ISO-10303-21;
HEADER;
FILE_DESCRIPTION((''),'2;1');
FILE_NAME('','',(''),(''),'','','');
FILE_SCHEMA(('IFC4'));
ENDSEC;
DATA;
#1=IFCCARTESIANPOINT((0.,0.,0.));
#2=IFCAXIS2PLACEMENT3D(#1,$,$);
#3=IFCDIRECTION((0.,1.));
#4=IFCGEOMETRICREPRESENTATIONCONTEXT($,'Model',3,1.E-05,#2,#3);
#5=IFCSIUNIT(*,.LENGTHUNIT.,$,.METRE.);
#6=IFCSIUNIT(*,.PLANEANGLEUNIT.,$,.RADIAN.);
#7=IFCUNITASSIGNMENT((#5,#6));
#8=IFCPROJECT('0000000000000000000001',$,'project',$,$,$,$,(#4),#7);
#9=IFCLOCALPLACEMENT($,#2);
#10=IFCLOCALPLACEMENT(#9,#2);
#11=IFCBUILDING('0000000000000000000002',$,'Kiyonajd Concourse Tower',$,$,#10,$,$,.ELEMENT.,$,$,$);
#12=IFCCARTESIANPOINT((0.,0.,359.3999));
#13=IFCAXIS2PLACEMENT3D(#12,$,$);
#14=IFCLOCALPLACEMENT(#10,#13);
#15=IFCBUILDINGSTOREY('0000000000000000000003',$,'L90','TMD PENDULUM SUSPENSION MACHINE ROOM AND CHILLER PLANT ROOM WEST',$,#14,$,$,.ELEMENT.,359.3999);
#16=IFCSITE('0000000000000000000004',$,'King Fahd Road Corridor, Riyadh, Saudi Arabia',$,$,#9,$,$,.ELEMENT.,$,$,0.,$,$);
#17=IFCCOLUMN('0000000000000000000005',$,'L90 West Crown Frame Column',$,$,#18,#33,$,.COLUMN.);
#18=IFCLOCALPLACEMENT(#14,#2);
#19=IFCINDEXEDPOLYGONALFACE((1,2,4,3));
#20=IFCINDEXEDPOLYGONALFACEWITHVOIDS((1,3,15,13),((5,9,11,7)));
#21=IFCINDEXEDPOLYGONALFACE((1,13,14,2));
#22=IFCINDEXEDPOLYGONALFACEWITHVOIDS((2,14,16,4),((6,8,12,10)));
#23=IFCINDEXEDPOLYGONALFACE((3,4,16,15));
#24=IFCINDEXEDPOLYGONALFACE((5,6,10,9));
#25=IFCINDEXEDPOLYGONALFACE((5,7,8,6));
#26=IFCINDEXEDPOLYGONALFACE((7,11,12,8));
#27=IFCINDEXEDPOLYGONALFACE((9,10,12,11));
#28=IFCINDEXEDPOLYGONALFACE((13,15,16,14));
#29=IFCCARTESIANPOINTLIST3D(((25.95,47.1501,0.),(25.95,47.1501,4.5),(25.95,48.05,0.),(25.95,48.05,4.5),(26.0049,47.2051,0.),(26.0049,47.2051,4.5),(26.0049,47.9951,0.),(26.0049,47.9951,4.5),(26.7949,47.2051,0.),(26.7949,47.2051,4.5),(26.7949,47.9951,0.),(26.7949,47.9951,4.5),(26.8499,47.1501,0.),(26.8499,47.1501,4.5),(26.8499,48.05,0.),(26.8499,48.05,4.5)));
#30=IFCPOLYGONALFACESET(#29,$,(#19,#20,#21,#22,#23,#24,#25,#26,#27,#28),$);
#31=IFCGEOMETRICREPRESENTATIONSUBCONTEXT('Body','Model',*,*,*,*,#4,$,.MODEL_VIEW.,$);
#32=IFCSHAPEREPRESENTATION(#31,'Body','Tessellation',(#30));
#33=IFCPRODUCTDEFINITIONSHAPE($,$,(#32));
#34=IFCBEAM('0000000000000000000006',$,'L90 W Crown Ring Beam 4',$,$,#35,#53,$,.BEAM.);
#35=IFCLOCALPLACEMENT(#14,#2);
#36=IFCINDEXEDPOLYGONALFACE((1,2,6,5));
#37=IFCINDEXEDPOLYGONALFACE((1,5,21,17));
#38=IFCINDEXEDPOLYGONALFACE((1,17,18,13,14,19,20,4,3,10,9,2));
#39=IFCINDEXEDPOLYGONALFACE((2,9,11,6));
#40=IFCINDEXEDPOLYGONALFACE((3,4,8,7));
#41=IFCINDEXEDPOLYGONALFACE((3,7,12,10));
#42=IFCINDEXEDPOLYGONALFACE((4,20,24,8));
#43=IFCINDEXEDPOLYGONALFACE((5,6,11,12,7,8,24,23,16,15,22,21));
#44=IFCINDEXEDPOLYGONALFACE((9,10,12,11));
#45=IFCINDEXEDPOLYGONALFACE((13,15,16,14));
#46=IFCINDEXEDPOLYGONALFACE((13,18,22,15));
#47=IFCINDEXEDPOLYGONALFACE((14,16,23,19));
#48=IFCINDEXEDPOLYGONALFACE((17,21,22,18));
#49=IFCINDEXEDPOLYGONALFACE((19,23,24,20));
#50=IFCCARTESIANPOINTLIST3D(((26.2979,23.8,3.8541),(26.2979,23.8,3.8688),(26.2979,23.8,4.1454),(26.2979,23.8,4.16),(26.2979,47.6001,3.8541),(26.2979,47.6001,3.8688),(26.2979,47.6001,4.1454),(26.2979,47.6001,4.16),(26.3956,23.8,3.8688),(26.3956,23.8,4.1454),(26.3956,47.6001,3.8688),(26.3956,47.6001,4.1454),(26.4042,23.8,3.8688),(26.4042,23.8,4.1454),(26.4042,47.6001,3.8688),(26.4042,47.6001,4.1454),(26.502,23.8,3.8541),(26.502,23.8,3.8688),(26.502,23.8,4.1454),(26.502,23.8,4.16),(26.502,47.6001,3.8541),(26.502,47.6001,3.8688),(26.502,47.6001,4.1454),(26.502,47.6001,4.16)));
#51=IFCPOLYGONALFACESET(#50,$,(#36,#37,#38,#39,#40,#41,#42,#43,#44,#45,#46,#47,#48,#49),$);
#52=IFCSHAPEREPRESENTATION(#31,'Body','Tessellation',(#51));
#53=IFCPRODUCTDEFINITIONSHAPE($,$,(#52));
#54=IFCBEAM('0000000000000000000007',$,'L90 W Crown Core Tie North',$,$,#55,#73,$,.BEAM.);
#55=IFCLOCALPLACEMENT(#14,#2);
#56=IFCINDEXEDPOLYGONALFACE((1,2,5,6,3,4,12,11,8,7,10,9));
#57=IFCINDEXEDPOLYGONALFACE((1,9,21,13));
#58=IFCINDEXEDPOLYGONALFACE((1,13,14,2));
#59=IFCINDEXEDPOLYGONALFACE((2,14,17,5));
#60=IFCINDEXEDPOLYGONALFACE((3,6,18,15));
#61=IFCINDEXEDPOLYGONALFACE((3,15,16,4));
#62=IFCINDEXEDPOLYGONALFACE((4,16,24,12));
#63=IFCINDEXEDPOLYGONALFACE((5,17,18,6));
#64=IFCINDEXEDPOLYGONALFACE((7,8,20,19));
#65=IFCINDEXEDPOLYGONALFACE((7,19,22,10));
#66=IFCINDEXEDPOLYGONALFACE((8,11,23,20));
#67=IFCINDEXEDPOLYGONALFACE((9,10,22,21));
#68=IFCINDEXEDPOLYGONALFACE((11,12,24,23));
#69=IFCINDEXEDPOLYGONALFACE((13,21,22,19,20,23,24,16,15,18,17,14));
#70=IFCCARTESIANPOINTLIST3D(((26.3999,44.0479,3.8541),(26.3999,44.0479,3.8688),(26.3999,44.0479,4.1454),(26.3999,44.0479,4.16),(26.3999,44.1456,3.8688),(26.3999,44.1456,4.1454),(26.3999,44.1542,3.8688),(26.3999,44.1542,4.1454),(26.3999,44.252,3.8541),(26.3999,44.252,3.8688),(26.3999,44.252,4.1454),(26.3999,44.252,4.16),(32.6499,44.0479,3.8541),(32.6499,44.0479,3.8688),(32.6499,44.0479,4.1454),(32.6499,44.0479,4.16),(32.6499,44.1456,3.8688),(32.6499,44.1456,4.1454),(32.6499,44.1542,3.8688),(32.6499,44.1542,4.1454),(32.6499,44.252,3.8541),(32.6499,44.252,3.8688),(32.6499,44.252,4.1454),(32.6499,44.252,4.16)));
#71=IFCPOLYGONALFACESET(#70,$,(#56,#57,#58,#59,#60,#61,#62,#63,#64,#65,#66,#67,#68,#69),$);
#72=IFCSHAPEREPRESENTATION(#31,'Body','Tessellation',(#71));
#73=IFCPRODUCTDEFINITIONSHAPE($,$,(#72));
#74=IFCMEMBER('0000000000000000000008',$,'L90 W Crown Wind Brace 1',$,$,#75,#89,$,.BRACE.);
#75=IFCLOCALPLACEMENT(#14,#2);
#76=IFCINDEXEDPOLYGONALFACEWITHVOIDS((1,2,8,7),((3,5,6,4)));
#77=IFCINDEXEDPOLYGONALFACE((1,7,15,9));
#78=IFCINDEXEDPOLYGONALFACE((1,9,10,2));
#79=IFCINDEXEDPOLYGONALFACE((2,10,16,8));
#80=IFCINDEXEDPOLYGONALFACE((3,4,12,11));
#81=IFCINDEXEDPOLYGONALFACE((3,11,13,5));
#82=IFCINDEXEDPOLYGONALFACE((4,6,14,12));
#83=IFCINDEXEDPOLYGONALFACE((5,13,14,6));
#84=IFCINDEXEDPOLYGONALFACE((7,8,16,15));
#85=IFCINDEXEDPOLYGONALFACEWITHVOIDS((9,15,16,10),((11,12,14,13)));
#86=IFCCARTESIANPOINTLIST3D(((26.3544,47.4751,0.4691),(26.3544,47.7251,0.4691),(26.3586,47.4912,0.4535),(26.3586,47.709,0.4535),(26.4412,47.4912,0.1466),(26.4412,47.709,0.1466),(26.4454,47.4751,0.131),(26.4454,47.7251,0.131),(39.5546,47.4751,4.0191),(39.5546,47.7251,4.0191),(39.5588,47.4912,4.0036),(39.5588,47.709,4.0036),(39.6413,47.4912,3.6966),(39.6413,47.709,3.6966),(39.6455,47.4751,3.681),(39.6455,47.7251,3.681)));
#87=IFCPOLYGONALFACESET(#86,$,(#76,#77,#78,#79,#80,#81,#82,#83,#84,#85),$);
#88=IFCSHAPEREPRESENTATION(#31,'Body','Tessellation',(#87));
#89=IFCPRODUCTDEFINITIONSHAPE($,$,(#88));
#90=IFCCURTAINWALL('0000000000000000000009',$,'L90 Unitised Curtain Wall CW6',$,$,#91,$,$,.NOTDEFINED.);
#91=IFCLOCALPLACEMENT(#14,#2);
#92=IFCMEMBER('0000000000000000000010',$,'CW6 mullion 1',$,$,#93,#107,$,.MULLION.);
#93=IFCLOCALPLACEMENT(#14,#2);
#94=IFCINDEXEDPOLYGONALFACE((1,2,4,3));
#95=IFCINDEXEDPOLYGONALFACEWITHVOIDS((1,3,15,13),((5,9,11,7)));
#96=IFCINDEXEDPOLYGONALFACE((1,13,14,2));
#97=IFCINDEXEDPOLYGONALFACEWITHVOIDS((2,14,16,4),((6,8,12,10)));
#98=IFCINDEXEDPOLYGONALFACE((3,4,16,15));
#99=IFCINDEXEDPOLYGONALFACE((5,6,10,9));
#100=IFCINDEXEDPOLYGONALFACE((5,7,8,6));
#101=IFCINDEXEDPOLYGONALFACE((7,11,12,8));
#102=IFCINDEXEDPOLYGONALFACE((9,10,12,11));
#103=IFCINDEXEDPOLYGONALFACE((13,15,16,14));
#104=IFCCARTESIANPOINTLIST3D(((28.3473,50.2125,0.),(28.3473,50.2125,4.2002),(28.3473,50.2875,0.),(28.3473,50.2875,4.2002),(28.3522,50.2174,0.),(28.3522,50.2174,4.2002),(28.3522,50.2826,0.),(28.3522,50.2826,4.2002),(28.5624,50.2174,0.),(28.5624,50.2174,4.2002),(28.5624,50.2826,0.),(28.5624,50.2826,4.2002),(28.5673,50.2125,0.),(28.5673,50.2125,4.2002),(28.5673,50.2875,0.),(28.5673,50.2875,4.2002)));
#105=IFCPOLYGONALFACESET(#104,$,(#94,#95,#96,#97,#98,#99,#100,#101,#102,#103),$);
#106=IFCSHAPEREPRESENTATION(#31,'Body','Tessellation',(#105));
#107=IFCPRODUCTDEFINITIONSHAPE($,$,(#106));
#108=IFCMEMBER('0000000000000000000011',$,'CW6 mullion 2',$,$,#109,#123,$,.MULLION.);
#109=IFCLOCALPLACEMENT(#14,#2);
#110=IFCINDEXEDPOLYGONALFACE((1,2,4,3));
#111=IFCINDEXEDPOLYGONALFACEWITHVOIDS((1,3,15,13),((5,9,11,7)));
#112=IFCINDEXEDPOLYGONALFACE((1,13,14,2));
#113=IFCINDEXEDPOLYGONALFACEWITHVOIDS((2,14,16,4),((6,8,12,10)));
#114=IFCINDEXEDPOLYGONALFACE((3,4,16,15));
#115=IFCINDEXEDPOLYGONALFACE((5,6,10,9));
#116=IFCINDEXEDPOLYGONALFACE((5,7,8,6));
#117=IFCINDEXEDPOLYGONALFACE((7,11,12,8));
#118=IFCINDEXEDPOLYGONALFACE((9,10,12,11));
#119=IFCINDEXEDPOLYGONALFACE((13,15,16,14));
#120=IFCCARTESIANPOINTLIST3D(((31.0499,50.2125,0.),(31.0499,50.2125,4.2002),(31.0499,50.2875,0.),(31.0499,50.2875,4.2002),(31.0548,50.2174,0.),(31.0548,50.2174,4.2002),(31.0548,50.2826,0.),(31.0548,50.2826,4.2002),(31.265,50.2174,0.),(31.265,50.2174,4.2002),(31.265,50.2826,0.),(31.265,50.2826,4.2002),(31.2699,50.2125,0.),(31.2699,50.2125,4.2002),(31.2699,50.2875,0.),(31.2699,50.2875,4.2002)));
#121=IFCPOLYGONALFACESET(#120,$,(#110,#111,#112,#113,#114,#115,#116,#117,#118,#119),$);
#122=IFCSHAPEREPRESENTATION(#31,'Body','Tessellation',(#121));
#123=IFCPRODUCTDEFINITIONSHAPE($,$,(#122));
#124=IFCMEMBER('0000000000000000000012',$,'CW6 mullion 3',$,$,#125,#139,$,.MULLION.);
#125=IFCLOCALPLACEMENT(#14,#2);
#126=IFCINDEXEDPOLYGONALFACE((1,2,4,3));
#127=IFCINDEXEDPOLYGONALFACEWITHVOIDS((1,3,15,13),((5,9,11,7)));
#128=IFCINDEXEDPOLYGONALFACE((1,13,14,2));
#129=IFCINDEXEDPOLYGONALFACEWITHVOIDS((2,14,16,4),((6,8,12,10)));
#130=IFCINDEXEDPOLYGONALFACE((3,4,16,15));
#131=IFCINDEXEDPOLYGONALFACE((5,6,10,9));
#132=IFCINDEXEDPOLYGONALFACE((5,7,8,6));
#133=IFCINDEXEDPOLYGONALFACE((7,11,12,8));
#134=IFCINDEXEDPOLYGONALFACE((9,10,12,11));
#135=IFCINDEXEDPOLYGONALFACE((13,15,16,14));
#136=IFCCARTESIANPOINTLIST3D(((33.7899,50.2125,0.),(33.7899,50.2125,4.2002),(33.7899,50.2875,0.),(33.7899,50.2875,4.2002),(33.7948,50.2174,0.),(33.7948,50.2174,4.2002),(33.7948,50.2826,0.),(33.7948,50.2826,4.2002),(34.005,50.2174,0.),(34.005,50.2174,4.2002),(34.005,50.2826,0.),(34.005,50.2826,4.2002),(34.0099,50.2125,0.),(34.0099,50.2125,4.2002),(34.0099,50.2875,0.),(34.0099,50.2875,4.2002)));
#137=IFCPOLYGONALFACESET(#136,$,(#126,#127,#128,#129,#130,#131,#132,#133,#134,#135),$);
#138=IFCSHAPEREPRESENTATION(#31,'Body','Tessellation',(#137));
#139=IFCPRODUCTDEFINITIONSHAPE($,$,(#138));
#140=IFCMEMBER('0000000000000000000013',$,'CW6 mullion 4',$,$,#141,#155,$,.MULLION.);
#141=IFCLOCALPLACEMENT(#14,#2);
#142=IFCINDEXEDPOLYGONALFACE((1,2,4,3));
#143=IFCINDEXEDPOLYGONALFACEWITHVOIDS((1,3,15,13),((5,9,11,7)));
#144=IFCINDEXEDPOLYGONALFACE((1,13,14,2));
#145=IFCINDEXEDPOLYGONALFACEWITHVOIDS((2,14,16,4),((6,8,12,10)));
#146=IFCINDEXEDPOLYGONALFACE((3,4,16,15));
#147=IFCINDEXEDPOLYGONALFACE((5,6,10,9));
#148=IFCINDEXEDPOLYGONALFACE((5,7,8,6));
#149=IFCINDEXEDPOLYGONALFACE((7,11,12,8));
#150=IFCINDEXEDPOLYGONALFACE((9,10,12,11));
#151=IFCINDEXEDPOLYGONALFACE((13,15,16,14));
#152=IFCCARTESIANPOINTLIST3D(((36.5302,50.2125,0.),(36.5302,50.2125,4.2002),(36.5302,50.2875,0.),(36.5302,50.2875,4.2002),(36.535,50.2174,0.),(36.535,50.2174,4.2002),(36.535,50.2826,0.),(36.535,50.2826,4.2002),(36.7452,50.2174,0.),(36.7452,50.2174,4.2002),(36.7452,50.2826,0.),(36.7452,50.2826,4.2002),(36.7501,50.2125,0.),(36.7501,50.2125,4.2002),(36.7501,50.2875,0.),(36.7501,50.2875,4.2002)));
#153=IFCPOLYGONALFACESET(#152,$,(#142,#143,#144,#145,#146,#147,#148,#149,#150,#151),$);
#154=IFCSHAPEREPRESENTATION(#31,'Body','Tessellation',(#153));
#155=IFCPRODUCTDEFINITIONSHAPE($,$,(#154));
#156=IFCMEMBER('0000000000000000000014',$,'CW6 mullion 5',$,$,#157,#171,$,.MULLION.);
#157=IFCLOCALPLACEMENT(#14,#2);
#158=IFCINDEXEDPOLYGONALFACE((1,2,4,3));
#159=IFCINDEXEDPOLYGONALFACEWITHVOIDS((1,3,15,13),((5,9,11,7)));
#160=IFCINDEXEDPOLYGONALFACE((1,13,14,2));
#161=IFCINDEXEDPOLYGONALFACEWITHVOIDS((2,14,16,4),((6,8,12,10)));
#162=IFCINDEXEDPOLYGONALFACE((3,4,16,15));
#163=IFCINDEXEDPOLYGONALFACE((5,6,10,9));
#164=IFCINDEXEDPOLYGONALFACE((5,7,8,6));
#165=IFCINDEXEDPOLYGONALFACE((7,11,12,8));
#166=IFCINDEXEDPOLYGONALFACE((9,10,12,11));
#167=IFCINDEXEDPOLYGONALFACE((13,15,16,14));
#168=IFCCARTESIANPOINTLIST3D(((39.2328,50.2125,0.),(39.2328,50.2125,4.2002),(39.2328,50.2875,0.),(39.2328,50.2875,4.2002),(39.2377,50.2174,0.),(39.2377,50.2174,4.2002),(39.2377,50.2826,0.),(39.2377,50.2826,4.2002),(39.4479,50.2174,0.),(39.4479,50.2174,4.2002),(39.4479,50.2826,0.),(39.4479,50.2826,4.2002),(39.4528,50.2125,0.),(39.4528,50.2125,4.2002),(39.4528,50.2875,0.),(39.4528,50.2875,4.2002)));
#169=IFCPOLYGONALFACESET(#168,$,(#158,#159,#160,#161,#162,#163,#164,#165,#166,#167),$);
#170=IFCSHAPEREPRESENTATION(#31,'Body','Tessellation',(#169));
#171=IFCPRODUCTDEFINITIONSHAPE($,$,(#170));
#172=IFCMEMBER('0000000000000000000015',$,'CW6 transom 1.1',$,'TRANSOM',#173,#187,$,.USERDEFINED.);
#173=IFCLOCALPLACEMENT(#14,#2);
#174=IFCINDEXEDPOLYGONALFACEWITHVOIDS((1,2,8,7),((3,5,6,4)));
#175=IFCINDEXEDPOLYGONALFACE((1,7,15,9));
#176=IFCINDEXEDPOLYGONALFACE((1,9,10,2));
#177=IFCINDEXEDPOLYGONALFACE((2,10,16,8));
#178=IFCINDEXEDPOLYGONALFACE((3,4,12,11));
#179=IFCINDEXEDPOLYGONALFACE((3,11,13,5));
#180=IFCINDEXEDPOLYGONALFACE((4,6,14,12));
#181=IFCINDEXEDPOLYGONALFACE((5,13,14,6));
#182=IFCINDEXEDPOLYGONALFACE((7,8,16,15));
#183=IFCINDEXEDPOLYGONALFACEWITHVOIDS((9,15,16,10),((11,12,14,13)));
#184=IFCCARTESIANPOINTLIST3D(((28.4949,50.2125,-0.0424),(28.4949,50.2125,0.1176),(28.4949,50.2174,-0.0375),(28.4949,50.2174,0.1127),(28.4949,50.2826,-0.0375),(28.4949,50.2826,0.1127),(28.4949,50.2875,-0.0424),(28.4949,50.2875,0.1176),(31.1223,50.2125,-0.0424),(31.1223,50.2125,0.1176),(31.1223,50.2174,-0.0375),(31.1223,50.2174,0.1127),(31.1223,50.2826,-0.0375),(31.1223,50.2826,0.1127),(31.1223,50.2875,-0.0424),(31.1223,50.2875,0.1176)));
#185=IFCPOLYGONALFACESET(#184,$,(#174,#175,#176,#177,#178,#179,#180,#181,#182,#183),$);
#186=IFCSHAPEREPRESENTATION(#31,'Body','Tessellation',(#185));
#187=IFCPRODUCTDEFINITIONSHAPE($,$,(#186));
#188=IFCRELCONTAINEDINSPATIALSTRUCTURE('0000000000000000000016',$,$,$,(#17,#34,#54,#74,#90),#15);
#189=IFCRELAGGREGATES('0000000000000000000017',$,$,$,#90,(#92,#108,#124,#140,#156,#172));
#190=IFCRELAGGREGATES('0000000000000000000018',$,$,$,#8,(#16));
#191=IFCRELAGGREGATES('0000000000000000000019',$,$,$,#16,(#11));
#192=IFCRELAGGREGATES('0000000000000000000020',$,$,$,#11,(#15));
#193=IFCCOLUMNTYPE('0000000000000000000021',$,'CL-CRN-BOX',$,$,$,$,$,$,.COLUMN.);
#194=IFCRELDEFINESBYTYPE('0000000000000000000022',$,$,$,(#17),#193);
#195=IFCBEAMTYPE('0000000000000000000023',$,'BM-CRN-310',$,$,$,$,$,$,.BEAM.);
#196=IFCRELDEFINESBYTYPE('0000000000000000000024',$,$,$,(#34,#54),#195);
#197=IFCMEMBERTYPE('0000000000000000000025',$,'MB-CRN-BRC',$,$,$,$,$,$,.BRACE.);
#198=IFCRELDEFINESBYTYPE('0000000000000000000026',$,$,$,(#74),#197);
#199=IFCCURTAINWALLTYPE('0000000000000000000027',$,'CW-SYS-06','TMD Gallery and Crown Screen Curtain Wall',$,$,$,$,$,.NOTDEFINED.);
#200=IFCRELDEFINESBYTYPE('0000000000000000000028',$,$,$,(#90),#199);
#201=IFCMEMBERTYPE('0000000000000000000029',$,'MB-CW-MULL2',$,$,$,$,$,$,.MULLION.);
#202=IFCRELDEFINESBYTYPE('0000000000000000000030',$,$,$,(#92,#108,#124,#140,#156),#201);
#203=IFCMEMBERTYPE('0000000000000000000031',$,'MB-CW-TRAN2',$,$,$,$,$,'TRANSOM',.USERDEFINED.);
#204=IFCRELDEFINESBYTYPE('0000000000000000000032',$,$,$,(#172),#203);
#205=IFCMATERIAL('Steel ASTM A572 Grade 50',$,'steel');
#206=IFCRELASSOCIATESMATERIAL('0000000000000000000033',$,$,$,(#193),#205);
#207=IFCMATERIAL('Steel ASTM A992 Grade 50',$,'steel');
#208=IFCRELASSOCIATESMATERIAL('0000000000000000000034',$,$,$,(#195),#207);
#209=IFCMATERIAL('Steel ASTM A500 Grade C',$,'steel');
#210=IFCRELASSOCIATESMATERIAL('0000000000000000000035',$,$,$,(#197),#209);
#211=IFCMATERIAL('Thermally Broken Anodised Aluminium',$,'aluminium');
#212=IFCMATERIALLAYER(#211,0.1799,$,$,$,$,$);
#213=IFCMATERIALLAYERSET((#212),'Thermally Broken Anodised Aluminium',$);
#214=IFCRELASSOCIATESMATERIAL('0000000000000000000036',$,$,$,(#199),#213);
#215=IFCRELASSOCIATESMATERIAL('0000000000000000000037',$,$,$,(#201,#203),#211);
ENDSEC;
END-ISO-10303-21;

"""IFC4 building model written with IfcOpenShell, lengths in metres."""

from ifc_helpers import new_model, si_unit, direction, frame, origin, origin_2d, place, context, subcontext, project, spatial, hollow_rectangle, i_section, extrude, material, layer, layer_set, material_profile, profile_set, type_object, element, aggregate, save


model = new_model("IFC4")

# Units and contexts
model_context = context("Model", 3, precision=1e-05, world=origin(), true_north=direction((0.0, 1.0)))
body_context = subcontext(model_context, "Body", "Model", "MODEL_VIEW")
ifc_project = project(units=[si_unit("LENGTHUNIT", "METRE"), si_unit("PLANEANGLEUNIT", "RADIAN")], contexts=[model_context])

# Site, building, storey
site_placement = place(None, origin())
site = spatial("IfcSite", under=ifc_project, at=site_placement, Name="King Fahd Road Corridor, Riyadh, Saudi Arabia", CompositionType="ELEMENT", RefElevation=0.0)
building_placement = place(site_placement, origin())
building = spatial("IfcBuilding", under=site, at=building_placement, Name="Kiyonajd Concourse Tower", CompositionType="ELEMENT")
storey_placement = place(building_placement, frame((0.0, 0.0, 359.3999)))
storey = spatial("IfcBuildingStorey", under=building, at=storey_placement, Name="L90", Description="TMD PENDULUM SUSPENSION MACHINE ROOM AND CHILLER PLANT ROOM WEST", CompositionType="ELEMENT", Elevation=359.3999)

# Column
ifc_material_1 = material(Name="Steel ASTM A572 Grade 50", Category="steel")
ifc_material_profile_1 = material_profile(ifc_material_1, hollow_rectangle(XDim=0.8999, YDim=0.8999, WallThickness=0.0549, at=origin_2d()), Name="BOX-900x900x55")
ifc_profile_set_1 = profile_set([ifc_material_profile_1], Name="Steel ASTM A572 Grade 50")
column_type = type_object("IfcColumnType", Name="CL-CRN-BOX", PredefinedType="COLUMN", material=ifc_profile_set_1)
column_placement = place(storey_placement, frame((26.3999, 47.6001, 0.0), z_axis=(0.0, 0.0, 1.0), x_axis=(1.0, 0.0, 0.0)))
element("IfcColumn", 1, at=column_placement, inside=storey, type_object=column_type, Name="L90 West Crown Frame Column", PredefinedType="COLUMN", context=body_context, shape_type="SweptSolid", body=[
    extrude(hollow_rectangle(XDim=0.8999, YDim=0.8999, WallThickness=0.0549, at=origin_2d()), origin(), (0.0, 0.0, 1.0), 4.5),
])

# Beams
ifc_material_2 = material(Name="Steel ASTM A992 Grade 50", Category="steel")
ifc_material_profile_2 = material_profile(ifc_material_2, i_section(OverallWidth=0.2041, OverallDepth=0.3059, WebThickness=0.0085, FlangeThickness=0.0146, at=origin_2d()), Name="W310X67")
ifc_profile_set_2 = profile_set([ifc_material_profile_2], Name="Steel ASTM A992 Grade 50")
beam_type = type_object("IfcBeamType", Name="BM-CRN-310", PredefinedType="BEAM", material=ifc_profile_set_2)
beam_1_placement = place(storey_placement, frame((26.3999, 47.6001, 4.0071), z_axis=(0.0, -1.0, 0.0), x_axis=(1.0, 0.0, 0.0)))
element("IfcBeam", 2, at=beam_1_placement, inside=storey, type_object=beam_type, Name="L90 W Crown Ring Beam 4", PredefinedType="BEAM", context=body_context, shape_type="SweptSolid", body=[
    extrude(i_section(OverallWidth=0.2041, OverallDepth=0.3059, WebThickness=0.0085, FlangeThickness=0.0146, at=origin_2d()), origin(), (0.0, 0.0, 1.0), 23.8),
])
beam_2_placement = place(storey_placement, frame((26.3999, 44.1499, 4.0071), z_axis=(1.0, 0.0, 0.0), x_axis=(0.0, 1.0, 0.0)))
element("IfcBeam", 3, at=beam_2_placement, inside=storey, type_object=beam_type, Name="L90 W Crown Core Tie North", PredefinedType="BEAM", context=body_context, shape_type="SweptSolid", body=[
    extrude(i_section(OverallWidth=0.2041, OverallDepth=0.3059, WebThickness=0.0085, FlangeThickness=0.0146, at=origin_2d()), origin(), (0.0, 0.0, 1.0), 6.25),
])

# Member
ifc_material_3 = material(Name="Steel ASTM A500 Grade C", Category="steel")
ifc_material_profile_3 = material_profile(ifc_material_3, hollow_rectangle(XDim=0.25, YDim=0.3501, WallThickness=0.0161, at=origin_2d()), Name="HSS-350x250x16")
ifc_profile_set_3 = profile_set([ifc_material_profile_3], Name="Steel ASTM A500 Grade C")
member_type_1 = type_object("IfcMemberType", Name="MB-CRN-BRC", PredefinedType="BRACE", material=ifc_profile_set_3)
member_1_placement = place(storey_placement, frame((26.3999, 47.6001, 0.3), z_axis=(0.965686, 0.0, 0.259711), x_axis=(0.0, 1.0, 0.0)))
element("IfcMember", 4, at=member_1_placement, inside=storey, type_object=member_type_1, Name="L90 W Crown Wind Brace 1", PredefinedType="BRACE", context=body_context, shape_type="SweptSolid", body=[
    extrude(hollow_rectangle(XDim=0.25, YDim=0.3501, WallThickness=0.0161, at=origin_2d()), origin(), (0.0, 0.0, 1.0), 13.6692),
])

# Curtain wall, members
ifc_material_4 = material(Name="Thermally Broken Anodised Aluminium", Category="aluminium")
ifc_layer_1 = layer(ifc_material_4, 0.1799)
ifc_layer_set_1 = layer_set([ifc_layer_1], Name="Thermally Broken Anodised Aluminium")
curtain_wall_type = type_object("IfcCurtainWallType", Name="CW-SYS-06", Description="TMD Gallery and Crown Screen Curtain Wall", PredefinedType="NOTDEFINED", material=ifc_layer_set_1)
curtain_wall_placement = place(storey_placement, origin())
curtain_wall = element("IfcCurtainWall", 5, at=curtain_wall_placement, inside=storey, type_object=curtain_wall_type, Name="L90 Unitised Curtain Wall CW6", PredefinedType="NOTDEFINED")
ifc_material_profile_4 = material_profile(ifc_material_4, hollow_rectangle(XDim=0.075, YDim=0.22, WallThickness=0.0049, at=origin_2d()), Name="MULL-75x220")
ifc_profile_set_4 = profile_set([ifc_material_profile_4], Name="Thermally Broken Anodised Aluminium")
member_type_2 = type_object("IfcMemberType", Name="MB-CW-MULL2", PredefinedType="MULLION", material=ifc_profile_set_4)
member_2_placement = place(storey_placement, frame((28.4573, 50.25, 0.0), z_axis=(0.0, 0.0, 1.0), x_axis=(0.0, 1.0, 0.0)))
member_2 = element("IfcMember", 6, at=member_2_placement, type_object=member_type_2, Name="CW6 mullion 1", PredefinedType="MULLION", context=body_context, shape_type="SweptSolid", body=[
    extrude(hollow_rectangle(XDim=0.075, YDim=0.22, WallThickness=0.0049, at=origin_2d()), origin(), (0.0, 0.0, 1.0), 4.2002),
])
member_3_placement = place(storey_placement, frame((31.1599, 50.25, 0.0), z_axis=(0.0, 0.0, 1.0), x_axis=(0.0, 1.0, 0.0)))
member_3 = element("IfcMember", 7, at=member_3_placement, type_object=member_type_2, Name="CW6 mullion 2", PredefinedType="MULLION", context=body_context, shape_type="SweptSolid", body=[
    extrude(hollow_rectangle(XDim=0.075, YDim=0.22, WallThickness=0.0049, at=origin_2d()), origin(), (0.0, 0.0, 1.0), 4.2002),
])
member_4_placement = place(storey_placement, frame((33.8999, 50.25, 0.0), z_axis=(0.0, 0.0, 1.0), x_axis=(0.0, 1.0, 0.0)))
member_4 = element("IfcMember", 8, at=member_4_placement, type_object=member_type_2, Name="CW6 mullion 3", PredefinedType="MULLION", context=body_context, shape_type="SweptSolid", body=[
    extrude(hollow_rectangle(XDim=0.075, YDim=0.22, WallThickness=0.0049, at=origin_2d()), origin(), (0.0, 0.0, 1.0), 4.2002),
])
member_5_placement = place(storey_placement, frame((36.6401, 50.25, 0.0), z_axis=(0.0, 0.0, 1.0), x_axis=(0.0, 1.0, 0.0)))
member_5 = element("IfcMember", 9, at=member_5_placement, type_object=member_type_2, Name="CW6 mullion 4", PredefinedType="MULLION", context=body_context, shape_type="SweptSolid", body=[
    extrude(hollow_rectangle(XDim=0.075, YDim=0.22, WallThickness=0.0049, at=origin_2d()), origin(), (0.0, 0.0, 1.0), 4.2002),
])
member_6_placement = place(storey_placement, frame((39.3428, 50.25, 0.0), z_axis=(0.0, 0.0, 1.0), x_axis=(0.0, 1.0, 0.0)))
member_6 = element("IfcMember", 10, at=member_6_placement, type_object=member_type_2, Name="CW6 mullion 5", PredefinedType="MULLION", context=body_context, shape_type="SweptSolid", body=[
    extrude(hollow_rectangle(XDim=0.075, YDim=0.22, WallThickness=0.0049, at=origin_2d()), origin(), (0.0, 0.0, 1.0), 4.2002),
])
ifc_material_profile_5 = material_profile(ifc_material_4, hollow_rectangle(XDim=0.075, YDim=0.1599, WallThickness=0.0049, at=origin_2d()), Name="TRAN-75x160")
ifc_profile_set_5 = profile_set([ifc_material_profile_5], Name="Thermally Broken Anodised Aluminium")
member_type_3 = type_object("IfcMemberType", Name="MB-CW-TRAN2", ElementType="TRANSOM", PredefinedType="USERDEFINED", material=ifc_profile_set_5)
member_7_placement = place(storey_placement, frame((28.4949, 50.25, 0.0376), z_axis=(1.0, 0.0, 0.0), x_axis=(0.0, 1.0, 0.0)))
member_7 = element("IfcMember", 11, at=member_7_placement, type_object=member_type_3, Name="CW6 transom 1.1", ObjectType="TRANSOM", PredefinedType="USERDEFINED", context=body_context, shape_type="SweptSolid", body=[
    extrude(hollow_rectangle(XDim=0.075, YDim=0.1599, WallThickness=0.0049, at=origin_2d()), origin(), (0.0, 0.0, 1.0), 2.6274),
])

aggregate(curtain_wall, [member_2, member_3, member_4, member_5, member_6, member_7])

save(model, "model.ifc")
